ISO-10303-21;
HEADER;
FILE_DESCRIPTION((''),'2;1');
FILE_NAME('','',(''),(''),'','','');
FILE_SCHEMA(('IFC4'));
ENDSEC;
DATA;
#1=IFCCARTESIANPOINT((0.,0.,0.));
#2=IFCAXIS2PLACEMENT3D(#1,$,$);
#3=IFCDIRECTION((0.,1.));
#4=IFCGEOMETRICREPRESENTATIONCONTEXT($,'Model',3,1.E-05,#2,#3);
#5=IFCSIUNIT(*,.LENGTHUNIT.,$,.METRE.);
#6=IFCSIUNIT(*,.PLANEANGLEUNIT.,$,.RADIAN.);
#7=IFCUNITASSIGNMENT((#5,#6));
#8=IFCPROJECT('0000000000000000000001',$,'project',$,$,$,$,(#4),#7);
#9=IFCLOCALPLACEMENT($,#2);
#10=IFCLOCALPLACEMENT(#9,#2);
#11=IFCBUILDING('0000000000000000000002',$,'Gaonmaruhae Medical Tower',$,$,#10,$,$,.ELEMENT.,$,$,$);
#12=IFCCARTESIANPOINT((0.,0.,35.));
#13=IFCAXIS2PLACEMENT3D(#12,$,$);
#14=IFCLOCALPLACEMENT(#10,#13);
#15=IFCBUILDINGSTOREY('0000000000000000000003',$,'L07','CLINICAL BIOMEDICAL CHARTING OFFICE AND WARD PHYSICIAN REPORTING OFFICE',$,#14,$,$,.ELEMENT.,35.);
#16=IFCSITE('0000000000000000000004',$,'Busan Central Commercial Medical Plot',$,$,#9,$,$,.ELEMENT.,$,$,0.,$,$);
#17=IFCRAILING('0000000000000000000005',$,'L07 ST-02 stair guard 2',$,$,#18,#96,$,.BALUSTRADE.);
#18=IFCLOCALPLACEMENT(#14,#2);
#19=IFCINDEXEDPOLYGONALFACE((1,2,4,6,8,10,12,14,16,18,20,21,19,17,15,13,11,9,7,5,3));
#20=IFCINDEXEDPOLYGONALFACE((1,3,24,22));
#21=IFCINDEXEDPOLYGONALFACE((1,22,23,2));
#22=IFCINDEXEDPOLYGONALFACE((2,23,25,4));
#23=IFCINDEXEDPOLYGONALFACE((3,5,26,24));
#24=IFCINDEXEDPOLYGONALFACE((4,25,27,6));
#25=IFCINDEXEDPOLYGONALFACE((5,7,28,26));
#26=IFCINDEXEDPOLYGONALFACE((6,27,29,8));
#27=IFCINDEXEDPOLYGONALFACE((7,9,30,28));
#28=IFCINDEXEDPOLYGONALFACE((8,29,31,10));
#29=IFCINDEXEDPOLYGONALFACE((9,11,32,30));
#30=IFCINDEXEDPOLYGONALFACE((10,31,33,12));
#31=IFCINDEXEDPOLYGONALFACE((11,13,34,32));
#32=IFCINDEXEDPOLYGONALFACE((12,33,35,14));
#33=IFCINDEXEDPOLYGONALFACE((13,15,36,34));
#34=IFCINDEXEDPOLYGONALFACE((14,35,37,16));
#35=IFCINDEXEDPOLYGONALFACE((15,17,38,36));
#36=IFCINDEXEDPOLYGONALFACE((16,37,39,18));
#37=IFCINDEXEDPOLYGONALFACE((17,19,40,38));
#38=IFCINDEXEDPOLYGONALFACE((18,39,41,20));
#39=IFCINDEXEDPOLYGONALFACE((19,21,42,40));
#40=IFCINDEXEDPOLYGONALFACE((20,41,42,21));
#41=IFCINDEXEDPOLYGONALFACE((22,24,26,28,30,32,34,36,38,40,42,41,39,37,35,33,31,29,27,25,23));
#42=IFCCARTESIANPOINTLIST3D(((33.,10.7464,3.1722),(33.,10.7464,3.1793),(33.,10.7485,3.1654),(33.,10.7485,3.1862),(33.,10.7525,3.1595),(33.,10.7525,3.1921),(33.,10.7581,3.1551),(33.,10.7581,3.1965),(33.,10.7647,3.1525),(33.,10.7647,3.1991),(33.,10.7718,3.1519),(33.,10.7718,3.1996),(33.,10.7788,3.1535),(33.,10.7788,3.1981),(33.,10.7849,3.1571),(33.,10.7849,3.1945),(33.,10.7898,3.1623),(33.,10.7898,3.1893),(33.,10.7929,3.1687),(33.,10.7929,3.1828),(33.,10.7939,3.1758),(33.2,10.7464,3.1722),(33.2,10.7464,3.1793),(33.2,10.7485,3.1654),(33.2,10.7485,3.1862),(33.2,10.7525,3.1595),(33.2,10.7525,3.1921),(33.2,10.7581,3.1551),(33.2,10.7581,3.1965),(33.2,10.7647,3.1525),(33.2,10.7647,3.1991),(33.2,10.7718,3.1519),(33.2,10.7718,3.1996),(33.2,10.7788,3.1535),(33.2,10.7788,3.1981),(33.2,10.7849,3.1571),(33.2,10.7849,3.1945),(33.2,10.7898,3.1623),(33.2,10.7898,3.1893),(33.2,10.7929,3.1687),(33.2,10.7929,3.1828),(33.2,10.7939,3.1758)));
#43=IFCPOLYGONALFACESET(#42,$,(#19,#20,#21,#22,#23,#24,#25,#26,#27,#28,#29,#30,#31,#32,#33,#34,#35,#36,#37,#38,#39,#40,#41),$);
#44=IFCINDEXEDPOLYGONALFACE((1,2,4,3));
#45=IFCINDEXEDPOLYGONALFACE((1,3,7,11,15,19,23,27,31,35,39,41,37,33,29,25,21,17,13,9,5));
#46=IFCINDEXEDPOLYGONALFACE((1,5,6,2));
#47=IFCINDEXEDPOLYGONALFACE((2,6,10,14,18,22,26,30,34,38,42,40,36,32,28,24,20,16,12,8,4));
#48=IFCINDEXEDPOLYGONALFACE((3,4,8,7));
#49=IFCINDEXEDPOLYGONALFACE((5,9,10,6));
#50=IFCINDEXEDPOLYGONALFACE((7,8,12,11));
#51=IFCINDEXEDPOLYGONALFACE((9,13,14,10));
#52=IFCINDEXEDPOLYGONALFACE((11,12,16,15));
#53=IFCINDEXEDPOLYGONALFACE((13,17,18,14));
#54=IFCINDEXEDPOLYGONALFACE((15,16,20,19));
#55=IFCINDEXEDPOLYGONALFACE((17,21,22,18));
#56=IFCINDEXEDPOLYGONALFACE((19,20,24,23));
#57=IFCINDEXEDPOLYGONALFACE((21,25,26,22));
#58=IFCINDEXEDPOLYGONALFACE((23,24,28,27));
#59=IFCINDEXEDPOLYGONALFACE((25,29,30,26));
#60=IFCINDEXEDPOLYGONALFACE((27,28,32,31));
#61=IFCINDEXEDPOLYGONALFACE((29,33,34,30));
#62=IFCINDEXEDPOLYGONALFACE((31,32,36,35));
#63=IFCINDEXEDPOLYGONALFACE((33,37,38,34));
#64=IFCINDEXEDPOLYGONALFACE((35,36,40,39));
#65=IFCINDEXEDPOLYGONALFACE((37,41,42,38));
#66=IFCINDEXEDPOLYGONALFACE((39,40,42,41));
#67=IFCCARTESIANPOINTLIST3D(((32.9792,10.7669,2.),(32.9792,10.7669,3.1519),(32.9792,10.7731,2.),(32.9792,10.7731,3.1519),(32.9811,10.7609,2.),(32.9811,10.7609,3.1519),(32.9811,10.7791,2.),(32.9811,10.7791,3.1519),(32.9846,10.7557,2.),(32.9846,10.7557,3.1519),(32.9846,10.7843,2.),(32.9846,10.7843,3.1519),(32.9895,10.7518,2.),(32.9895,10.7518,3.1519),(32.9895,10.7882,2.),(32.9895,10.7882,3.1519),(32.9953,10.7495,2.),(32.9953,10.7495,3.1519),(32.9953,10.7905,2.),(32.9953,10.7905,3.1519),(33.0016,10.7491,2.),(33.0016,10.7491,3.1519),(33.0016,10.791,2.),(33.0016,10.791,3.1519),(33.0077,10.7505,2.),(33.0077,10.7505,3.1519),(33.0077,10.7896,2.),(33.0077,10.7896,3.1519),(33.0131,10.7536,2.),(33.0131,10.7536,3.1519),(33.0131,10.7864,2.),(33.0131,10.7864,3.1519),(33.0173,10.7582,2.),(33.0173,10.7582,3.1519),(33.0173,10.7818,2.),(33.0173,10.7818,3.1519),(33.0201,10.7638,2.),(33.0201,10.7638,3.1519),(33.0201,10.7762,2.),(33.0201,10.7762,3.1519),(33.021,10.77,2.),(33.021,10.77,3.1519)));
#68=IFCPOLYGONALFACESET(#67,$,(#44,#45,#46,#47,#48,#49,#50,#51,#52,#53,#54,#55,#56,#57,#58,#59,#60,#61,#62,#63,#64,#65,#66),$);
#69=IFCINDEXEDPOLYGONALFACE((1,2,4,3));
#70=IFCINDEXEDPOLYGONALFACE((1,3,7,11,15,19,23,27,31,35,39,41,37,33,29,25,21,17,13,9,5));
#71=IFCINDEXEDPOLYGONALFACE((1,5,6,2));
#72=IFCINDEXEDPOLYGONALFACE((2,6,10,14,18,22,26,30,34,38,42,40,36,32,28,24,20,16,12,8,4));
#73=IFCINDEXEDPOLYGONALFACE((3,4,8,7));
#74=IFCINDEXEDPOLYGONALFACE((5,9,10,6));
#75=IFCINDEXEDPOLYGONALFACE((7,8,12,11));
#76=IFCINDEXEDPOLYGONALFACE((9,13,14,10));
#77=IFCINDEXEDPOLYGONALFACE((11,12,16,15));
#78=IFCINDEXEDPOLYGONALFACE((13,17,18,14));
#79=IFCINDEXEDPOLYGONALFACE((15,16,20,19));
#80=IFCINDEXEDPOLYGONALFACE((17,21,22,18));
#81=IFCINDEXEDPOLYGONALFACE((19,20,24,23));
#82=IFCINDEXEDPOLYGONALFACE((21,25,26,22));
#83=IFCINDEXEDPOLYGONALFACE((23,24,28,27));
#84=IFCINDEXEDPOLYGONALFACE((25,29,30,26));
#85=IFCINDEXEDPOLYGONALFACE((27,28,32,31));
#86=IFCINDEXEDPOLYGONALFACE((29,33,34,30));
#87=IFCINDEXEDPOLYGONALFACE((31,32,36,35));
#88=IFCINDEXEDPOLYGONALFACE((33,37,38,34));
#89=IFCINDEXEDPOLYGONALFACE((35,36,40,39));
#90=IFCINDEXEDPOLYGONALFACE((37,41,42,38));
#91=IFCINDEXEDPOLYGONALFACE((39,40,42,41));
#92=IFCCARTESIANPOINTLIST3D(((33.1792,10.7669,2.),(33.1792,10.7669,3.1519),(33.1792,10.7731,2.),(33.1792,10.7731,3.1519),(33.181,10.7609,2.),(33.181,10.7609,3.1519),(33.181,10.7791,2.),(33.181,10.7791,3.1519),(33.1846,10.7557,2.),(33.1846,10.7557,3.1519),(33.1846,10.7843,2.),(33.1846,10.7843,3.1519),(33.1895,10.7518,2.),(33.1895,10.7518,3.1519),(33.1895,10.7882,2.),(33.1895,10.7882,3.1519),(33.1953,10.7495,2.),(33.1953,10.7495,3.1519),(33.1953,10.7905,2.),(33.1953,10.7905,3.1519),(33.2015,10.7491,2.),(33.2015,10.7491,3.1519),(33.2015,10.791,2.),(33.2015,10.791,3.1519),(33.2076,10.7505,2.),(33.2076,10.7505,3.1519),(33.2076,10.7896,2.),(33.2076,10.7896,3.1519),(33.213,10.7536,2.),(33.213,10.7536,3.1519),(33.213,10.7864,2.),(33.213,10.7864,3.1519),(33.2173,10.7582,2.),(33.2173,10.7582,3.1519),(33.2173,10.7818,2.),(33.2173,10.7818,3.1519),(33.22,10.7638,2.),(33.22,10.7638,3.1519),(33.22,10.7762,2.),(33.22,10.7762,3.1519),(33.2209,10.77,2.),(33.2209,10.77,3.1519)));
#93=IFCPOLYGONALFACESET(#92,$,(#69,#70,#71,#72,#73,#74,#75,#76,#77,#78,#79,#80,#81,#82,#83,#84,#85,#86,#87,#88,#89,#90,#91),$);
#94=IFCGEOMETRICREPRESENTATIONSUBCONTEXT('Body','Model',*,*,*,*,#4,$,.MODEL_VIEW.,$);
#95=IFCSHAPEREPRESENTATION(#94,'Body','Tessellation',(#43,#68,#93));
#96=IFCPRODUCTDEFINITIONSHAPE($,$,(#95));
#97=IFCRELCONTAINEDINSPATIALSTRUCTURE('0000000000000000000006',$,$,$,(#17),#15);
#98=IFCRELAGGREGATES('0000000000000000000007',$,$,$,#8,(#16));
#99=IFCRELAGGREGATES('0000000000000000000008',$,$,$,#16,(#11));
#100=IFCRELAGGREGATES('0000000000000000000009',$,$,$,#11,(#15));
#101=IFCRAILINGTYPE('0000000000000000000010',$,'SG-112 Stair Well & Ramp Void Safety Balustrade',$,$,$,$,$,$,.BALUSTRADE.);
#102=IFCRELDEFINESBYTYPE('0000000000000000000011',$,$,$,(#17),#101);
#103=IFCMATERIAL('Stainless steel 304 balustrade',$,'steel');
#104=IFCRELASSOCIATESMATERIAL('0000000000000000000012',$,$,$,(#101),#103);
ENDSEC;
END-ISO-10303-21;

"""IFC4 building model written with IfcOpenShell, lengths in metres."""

from ifc_helpers import new_model, si_unit, direction, frame, origin, origin_2d, place, context, subcontext, project, spatial, circle, extrude, material, type_object, element, save


model = new_model("IFC4")

# Units and contexts
model_context = context("Model", 3, precision=1e-05, world=origin(), true_north=direction((0.0, 1.0)))
body_context = subcontext(model_context, "Body", "Model", "MODEL_VIEW")
ifc_project = project(units=[si_unit("LENGTHUNIT", "METRE"), si_unit("PLANEANGLEUNIT", "RADIAN")], contexts=[model_context])

# Site, building, storey
site_placement = place(None, origin())
site = spatial("IfcSite", under=ifc_project, at=site_placement, Name="Busan Central Commercial Medical Plot", CompositionType="ELEMENT", RefElevation=0.0)
building_placement = place(site_placement, origin())
building = spatial("IfcBuilding", under=site, at=building_placement, Name="Gaonmaruhae Medical Tower", CompositionType="ELEMENT")
storey_placement = place(building_placement, frame((0.0, 0.0, 35.0)))
storey = spatial("IfcBuildingStorey", under=building, at=storey_placement, Name="L07", Description="CLINICAL BIOMEDICAL CHARTING OFFICE AND WARD PHYSICIAN REPORTING OFFICE", CompositionType="ELEMENT", Elevation=35.0)

# Railing
ifc_material_1 = material(Name="Stainless steel 304 balustrade", Category="steel")
railing_type_1 = type_object("IfcRailingType", Name="SG-112 Stair Well & Ramp Void Safety Balustrade", PredefinedType="BALUSTRADE", material=ifc_material_1)
railing_1_placement = place(storey_placement, frame((33.0, 10.77, 2.0)))
element("IfcRailing", 1, at=railing_1_placement, inside=storey, type_object=railing_type_1, Name="L07 ST-02 stair guard 2", PredefinedType="BALUSTRADE", context=body_context, shape_type="SweptSolid", body=[
    extrude(circle(Radius=0.0239, at=origin_2d()), frame((0.0, 0.0, 1.1758), z_axis=(1.0, 0.0, 0.0), x_axis=(0.0, 1.0, 0.0)), (0.0, 0.0, 1.0), 0.2),
    extrude(circle(Radius=0.021, at=origin_2d()), origin(), (0.0, 0.0, 1.0), 1.1519),
    extrude(circle(Radius=0.021, at=origin_2d()), frame((0.2, 0.0, 0.0)), (0.0, 0.0, 1.0), 1.1519),
])

save(model, "model.ifc")
